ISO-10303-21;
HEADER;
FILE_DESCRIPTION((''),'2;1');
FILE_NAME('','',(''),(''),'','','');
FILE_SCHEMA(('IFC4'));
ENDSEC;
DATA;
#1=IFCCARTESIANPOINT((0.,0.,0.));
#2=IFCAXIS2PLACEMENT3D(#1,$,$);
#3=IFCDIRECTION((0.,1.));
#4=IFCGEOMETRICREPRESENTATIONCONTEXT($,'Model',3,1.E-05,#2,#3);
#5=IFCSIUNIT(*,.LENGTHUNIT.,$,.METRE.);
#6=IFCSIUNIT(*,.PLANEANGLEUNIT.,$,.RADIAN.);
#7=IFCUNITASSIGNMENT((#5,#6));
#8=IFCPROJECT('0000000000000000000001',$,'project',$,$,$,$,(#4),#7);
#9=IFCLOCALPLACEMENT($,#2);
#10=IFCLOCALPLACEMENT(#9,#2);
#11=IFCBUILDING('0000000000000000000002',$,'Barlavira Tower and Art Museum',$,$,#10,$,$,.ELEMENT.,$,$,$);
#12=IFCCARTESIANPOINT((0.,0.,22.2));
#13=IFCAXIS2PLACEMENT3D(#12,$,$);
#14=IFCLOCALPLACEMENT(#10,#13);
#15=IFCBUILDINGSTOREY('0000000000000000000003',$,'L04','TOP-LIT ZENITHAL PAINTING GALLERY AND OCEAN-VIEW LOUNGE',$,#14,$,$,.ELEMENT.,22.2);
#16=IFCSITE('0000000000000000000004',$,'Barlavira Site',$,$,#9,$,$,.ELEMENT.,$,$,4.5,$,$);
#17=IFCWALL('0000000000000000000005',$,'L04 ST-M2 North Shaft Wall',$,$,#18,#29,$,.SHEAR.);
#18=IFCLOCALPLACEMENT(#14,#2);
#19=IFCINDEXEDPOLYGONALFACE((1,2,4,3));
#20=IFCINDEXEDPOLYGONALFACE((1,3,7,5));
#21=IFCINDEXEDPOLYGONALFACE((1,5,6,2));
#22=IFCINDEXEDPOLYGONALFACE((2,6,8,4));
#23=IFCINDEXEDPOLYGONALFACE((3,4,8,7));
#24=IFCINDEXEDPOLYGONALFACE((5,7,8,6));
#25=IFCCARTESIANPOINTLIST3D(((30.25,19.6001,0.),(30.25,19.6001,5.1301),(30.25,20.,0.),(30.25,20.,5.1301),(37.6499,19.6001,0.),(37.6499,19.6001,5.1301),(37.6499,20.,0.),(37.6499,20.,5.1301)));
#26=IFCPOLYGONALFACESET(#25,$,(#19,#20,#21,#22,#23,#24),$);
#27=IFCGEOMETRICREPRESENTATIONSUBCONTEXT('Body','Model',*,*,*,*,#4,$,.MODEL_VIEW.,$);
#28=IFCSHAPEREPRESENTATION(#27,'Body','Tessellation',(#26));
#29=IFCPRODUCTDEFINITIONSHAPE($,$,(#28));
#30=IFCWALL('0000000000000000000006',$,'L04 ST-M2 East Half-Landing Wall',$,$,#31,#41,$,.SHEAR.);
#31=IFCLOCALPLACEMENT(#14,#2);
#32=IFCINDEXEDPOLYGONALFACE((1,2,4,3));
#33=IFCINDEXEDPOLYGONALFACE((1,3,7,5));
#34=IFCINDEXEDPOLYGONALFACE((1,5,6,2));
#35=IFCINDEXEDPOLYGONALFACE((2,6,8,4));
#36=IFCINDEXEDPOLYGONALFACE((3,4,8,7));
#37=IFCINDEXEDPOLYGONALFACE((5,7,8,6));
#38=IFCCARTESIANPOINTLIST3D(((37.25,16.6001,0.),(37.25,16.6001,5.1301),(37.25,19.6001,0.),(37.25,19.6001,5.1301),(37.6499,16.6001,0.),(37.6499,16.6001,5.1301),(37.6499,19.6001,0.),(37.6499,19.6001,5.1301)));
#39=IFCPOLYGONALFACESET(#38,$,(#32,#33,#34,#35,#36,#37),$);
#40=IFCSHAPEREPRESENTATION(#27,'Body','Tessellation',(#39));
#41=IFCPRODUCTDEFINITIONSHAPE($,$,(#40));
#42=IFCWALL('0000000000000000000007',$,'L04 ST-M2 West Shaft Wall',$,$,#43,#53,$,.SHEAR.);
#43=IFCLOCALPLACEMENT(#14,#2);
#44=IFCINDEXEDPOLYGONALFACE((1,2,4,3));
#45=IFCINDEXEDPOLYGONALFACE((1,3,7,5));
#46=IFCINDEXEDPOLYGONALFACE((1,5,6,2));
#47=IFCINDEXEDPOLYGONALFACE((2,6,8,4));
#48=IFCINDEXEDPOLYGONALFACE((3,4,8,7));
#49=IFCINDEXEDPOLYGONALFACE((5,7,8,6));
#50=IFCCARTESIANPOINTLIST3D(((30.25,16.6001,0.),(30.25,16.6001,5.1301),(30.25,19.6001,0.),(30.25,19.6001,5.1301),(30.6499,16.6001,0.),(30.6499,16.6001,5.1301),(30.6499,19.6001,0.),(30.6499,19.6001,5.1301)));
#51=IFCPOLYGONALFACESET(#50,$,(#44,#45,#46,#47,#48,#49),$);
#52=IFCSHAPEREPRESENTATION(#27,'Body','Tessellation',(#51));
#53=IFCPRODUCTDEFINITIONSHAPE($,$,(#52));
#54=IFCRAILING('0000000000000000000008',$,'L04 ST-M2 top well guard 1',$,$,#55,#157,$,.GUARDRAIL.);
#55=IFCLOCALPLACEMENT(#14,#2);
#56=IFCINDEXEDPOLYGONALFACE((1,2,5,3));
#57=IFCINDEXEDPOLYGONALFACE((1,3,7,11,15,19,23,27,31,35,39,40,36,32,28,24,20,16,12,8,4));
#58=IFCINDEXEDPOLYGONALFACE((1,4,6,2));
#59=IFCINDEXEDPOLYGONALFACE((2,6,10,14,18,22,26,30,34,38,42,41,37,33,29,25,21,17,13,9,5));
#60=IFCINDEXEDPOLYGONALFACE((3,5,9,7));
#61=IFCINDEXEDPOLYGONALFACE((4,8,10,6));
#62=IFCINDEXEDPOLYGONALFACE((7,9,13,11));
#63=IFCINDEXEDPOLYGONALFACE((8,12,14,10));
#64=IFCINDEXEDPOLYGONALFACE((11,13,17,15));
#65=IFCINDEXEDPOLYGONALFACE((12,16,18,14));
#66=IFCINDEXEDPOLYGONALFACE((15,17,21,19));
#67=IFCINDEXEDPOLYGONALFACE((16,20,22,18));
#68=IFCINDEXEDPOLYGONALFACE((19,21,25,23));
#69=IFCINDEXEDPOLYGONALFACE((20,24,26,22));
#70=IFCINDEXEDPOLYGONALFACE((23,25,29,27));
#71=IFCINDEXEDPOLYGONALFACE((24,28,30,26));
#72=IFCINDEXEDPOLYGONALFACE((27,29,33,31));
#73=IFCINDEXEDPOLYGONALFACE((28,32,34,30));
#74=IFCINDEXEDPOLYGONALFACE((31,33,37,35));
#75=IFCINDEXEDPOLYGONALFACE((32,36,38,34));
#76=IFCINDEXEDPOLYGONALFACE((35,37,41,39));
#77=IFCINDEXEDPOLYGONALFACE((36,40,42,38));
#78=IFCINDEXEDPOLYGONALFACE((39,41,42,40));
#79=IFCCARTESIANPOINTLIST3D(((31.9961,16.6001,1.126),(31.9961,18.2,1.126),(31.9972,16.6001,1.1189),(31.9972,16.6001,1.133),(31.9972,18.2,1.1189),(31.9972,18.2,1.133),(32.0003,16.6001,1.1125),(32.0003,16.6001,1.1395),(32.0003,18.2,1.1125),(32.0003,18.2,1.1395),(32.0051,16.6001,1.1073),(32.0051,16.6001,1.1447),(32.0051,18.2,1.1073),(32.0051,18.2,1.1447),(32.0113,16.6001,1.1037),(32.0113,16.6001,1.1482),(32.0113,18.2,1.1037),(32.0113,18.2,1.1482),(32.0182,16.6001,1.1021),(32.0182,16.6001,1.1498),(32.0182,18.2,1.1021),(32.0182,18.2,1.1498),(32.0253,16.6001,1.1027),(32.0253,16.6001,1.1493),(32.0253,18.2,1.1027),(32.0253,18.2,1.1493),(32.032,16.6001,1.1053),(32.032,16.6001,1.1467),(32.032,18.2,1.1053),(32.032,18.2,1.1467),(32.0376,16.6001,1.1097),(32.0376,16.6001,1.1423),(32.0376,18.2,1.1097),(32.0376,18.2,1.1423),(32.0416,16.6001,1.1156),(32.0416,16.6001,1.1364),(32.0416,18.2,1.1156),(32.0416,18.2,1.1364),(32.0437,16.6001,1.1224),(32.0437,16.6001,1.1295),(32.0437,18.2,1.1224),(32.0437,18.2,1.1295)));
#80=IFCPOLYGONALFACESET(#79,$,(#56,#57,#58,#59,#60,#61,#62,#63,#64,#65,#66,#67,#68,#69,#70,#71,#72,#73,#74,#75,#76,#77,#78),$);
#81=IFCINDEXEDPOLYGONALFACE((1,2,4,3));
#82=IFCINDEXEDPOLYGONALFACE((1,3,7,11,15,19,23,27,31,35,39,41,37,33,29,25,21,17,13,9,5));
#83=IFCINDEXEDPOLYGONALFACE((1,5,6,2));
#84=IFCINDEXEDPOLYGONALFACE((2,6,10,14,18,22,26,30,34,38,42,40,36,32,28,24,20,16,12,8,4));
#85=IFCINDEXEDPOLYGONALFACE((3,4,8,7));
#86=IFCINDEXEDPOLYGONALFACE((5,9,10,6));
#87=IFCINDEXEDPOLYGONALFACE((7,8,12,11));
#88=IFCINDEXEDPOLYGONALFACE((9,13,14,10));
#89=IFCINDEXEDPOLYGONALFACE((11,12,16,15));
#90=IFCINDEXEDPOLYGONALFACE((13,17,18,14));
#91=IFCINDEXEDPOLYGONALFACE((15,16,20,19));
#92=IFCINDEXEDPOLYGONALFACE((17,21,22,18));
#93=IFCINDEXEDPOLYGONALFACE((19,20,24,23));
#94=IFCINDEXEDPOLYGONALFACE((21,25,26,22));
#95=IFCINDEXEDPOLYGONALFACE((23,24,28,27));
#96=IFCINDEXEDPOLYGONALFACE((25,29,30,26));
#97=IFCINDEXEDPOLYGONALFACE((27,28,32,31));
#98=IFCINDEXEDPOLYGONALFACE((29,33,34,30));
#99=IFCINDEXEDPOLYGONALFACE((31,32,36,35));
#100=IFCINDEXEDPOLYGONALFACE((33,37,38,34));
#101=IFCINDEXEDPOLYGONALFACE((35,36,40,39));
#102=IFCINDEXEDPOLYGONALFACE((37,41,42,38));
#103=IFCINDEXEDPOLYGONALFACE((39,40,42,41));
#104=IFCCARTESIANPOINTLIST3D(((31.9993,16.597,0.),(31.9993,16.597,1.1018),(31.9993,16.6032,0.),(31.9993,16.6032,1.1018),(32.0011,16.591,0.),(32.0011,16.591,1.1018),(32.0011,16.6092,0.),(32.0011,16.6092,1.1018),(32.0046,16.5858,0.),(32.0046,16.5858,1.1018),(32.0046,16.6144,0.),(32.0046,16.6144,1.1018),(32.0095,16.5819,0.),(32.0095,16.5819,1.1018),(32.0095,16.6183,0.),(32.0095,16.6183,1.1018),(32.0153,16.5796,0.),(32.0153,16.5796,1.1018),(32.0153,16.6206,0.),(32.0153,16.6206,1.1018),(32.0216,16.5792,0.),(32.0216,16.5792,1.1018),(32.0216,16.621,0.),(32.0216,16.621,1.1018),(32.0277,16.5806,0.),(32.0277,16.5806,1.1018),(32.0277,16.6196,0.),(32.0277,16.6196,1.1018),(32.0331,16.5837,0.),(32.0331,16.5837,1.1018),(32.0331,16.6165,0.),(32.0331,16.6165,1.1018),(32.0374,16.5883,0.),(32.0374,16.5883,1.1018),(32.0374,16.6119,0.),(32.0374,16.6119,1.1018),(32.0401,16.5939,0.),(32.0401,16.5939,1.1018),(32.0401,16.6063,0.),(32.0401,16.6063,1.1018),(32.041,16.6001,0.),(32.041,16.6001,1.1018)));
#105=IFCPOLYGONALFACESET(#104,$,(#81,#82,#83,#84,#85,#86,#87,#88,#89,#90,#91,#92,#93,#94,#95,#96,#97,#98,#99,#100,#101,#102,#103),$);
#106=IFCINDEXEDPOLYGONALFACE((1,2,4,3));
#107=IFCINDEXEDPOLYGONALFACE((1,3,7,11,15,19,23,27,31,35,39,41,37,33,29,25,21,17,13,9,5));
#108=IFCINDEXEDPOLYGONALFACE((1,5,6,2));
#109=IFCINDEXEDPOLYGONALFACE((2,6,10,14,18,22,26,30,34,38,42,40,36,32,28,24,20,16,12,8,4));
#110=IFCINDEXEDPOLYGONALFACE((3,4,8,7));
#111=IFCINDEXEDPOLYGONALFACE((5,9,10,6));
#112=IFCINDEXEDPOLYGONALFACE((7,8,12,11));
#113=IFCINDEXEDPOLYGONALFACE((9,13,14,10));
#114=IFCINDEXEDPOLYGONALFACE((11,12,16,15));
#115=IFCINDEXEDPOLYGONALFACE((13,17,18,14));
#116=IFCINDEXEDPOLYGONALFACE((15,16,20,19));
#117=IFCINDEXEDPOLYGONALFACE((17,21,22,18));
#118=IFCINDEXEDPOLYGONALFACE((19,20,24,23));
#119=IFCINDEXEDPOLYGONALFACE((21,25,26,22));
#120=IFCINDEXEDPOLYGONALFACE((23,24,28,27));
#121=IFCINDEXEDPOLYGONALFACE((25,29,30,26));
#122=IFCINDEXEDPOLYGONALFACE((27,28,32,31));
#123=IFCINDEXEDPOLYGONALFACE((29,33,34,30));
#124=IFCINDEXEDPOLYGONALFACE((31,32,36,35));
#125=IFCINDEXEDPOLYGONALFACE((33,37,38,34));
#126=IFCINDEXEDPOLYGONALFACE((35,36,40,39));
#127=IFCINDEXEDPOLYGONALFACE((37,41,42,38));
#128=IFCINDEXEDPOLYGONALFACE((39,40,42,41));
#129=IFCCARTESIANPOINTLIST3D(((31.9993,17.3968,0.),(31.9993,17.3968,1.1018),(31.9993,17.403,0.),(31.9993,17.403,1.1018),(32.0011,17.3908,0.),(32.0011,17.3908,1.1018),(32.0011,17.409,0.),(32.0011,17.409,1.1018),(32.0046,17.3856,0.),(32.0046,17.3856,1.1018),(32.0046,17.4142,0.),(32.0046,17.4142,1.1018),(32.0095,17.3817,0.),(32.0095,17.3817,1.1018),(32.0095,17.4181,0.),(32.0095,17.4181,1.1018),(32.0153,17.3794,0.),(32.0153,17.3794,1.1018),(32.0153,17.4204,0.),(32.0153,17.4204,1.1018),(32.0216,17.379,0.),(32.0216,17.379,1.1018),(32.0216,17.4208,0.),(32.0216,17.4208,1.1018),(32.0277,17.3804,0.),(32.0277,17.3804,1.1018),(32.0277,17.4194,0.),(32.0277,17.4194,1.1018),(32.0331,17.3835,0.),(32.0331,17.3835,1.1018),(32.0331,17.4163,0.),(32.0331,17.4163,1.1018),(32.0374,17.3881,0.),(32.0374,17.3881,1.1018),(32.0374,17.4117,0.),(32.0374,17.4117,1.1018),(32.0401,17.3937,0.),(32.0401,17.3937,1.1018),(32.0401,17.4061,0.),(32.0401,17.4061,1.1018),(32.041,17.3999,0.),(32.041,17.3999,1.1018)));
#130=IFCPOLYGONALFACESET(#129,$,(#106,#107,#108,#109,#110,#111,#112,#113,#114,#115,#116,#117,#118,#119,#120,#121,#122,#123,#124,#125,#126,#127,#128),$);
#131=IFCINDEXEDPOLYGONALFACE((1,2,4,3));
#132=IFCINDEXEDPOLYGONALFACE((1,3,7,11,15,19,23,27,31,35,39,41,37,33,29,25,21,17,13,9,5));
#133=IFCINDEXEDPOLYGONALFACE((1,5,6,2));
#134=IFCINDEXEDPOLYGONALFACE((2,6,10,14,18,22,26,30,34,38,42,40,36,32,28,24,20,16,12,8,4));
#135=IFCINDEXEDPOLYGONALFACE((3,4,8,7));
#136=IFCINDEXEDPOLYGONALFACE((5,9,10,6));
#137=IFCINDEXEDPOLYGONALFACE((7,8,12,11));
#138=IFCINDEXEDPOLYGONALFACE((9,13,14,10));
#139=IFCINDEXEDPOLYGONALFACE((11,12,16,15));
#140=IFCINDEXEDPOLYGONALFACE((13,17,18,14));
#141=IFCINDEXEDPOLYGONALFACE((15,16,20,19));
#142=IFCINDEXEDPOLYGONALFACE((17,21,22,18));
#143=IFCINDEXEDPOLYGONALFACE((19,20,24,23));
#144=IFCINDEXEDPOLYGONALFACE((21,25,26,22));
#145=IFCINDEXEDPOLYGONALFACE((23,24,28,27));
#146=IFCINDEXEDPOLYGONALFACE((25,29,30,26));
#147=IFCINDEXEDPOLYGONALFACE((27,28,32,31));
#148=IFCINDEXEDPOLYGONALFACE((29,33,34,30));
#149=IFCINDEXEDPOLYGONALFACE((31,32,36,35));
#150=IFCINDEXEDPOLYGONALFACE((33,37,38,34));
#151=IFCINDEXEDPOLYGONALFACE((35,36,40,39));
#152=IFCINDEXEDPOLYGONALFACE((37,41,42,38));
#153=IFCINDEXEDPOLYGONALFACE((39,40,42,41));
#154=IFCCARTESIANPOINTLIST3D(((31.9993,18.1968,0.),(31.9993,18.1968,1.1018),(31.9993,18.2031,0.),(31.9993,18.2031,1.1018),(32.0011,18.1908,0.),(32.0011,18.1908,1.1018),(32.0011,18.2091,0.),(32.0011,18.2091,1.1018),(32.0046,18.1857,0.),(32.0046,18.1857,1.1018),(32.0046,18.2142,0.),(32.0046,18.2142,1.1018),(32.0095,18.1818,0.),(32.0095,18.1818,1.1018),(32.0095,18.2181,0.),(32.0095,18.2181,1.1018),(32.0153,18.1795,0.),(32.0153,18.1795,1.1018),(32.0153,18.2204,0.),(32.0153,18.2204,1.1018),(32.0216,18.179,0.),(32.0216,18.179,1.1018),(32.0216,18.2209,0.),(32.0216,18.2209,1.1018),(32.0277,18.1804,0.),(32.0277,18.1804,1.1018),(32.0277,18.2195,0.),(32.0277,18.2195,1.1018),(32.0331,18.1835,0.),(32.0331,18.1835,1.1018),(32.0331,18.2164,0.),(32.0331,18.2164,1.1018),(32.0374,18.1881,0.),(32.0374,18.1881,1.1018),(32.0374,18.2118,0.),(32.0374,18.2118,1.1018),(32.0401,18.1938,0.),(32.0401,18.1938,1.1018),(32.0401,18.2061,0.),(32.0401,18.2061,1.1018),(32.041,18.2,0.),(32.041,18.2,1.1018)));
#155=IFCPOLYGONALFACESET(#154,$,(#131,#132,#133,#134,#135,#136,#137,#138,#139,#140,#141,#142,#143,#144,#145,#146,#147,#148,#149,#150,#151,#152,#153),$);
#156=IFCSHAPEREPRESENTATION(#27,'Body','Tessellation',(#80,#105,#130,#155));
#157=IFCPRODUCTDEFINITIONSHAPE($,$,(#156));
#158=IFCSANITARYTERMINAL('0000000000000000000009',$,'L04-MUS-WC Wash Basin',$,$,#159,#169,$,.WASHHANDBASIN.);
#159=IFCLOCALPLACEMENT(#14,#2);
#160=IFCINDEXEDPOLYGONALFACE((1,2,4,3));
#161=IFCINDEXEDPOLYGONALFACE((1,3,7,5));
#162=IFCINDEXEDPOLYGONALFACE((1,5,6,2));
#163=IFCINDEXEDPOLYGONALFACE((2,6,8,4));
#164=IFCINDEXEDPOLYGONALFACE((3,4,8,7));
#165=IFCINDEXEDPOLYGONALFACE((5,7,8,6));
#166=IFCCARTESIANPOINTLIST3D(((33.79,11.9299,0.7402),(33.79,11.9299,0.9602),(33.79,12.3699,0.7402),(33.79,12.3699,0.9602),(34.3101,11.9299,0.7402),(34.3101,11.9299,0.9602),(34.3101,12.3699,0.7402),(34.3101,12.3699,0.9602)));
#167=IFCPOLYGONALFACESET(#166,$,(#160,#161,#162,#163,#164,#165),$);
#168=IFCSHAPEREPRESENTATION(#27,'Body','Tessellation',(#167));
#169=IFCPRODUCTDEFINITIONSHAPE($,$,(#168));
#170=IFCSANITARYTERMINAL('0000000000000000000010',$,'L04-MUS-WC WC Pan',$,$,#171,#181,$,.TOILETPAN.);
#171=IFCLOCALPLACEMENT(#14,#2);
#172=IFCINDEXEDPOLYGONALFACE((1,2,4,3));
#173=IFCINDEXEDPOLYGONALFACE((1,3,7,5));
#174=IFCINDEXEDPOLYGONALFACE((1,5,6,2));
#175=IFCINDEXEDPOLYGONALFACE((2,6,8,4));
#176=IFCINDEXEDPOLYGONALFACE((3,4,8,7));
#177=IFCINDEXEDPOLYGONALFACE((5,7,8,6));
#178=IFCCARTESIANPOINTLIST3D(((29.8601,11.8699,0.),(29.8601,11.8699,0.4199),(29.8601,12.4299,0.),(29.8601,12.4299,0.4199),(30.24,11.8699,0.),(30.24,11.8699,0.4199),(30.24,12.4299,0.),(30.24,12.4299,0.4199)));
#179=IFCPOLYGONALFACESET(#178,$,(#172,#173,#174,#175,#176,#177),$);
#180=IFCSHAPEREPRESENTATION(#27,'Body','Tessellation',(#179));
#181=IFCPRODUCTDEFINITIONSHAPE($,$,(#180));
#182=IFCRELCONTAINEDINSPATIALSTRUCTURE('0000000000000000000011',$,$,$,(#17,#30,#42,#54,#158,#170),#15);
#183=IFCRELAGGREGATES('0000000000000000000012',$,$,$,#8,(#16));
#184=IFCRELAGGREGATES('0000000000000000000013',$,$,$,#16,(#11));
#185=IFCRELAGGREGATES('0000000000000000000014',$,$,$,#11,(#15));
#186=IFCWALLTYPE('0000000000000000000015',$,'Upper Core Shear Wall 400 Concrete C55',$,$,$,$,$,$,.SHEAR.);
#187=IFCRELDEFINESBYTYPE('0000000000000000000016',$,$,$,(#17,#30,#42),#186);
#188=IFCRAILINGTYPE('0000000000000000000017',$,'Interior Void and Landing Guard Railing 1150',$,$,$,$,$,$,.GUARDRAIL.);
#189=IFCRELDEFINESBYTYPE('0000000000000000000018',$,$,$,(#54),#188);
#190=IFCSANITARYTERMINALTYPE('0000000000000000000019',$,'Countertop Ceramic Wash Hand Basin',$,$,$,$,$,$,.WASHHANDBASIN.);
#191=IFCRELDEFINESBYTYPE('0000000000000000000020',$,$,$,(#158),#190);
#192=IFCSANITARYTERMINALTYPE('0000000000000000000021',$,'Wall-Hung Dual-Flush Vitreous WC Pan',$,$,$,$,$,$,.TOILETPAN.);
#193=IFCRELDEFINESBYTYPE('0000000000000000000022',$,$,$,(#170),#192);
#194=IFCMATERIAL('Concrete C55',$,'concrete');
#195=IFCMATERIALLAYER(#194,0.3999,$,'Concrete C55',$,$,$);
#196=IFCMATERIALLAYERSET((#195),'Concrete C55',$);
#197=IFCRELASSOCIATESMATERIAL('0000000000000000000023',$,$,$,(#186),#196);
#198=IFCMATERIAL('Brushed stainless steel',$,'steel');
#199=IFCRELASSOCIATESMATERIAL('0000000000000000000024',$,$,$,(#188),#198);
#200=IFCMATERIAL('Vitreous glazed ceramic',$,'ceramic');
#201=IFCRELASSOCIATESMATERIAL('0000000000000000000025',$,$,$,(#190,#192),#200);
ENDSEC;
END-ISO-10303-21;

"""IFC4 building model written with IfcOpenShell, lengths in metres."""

from ifc_helpers import new_model, si_unit, direction, frame, frame_2d, origin, origin_2d, place, context, subcontext, project, spatial, rectangle, circle, extrude, material, layer, layer_set, type_object, element, save


model = new_model("IFC4")

# Units and contexts
model_context = context("Model", 3, precision=1e-05, world=origin(), true_north=direction((0.0, 1.0)))
body_context = subcontext(model_context, "Body", "Model", "MODEL_VIEW")
ifc_project = project(units=[si_unit("LENGTHUNIT", "METRE"), si_unit("PLANEANGLEUNIT", "RADIAN")], contexts=[model_context])

# Site, building, storey
site_placement = place(None, origin())
site = spatial("IfcSite", under=ifc_project, at=site_placement, Name="Barlavira Site", CompositionType="ELEMENT", RefElevation=4.5)
building_placement = place(site_placement, origin())
building = spatial("IfcBuilding", under=site, at=building_placement, Name="Barlavira Tower and Art Museum", CompositionType="ELEMENT")
storey_placement = place(building_placement, frame((0.0, 0.0, 22.2)))
storey = spatial("IfcBuildingStorey", under=building, at=storey_placement, Name="L04", Description="TOP-LIT ZENITHAL PAINTING GALLERY AND OCEAN-VIEW LOUNGE", CompositionType="ELEMENT", Elevation=22.2)

# Shared definitions
ifc_material_1 = material(Name="Brushed stainless steel", Category="steel")

# Walls
ifc_material_2 = material(Name="Concrete C55", Category="concrete")
ifc_layer_1 = layer(ifc_material_2, 0.3999, Name="Concrete C55")
ifc_layer_set_1 = layer_set([ifc_layer_1], Name="Concrete C55")
wall_type_1 = type_object("IfcWallType", Name="Upper Core Shear Wall 400 Concrete C55", PredefinedType="SHEAR", material=ifc_layer_set_1)
wall_1_placement = place(storey_placement, frame((30.25, 19.8, 0.0), z_axis=(0.0, 0.0, 1.0), x_axis=(1.0, 0.0, 0.0)))
element("IfcWall", 1, at=wall_1_placement, inside=storey, type_object=wall_type_1, Name="L04 ST-M2 North Shaft Wall", PredefinedType="SHEAR", context=body_context, shape_type="SweptSolid", body=[
    extrude(rectangle(XDim=7.3999, YDim=0.3999, at=frame_2d((3.7, 0.0))), origin(), (0.0, 0.0, 1.0), 5.1301),
])
for number, where, z_axis, x_axis, name in (
    (2, (37.45, 16.6001, 0.0), (0.0, 0.0, 1.0), (0.0, 1.0, 0.0), "L04 ST-M2 East Half-Landing Wall"),
    (3, (30.45, 16.6001, 0.0), (0.0, 0.0, 1.0), (0.0, 1.0, 0.0), "L04 ST-M2 West Shaft Wall"),
):
    element("IfcWall", number, at=place(storey_placement, frame(where, z_axis=z_axis, x_axis=x_axis)), inside=storey, type_object=wall_type_1, Name=name, PredefinedType="SHEAR", context=body_context, shape_type="SweptSolid", body=[
        extrude(rectangle(XDim=3.0, YDim=0.3999, at=frame_2d((1.5, 0.0))), origin(), (0.0, 0.0, 1.0), 5.1301),
    ])

# Railing
railing_type = type_object("IfcRailingType", Name="Interior Void and Landing Guard Railing 1150", PredefinedType="GUARDRAIL", material=ifc_material_1)
railing_placement = place(storey_placement, frame((32.02, 16.6001, 0.0)))
element("IfcRailing", 4, at=railing_placement, inside=storey, type_object=railing_type, Name="L04 ST-M2 top well guard 1", PredefinedType="GUARDRAIL", context=body_context, shape_type="SweptSolid", body=[
    extrude(circle(Radius=0.0239, at=origin_2d()), frame((0.0, 0.0, 1.126), z_axis=(0.0, 1.0, 0.0), x_axis=(-1.0, 0.0, 0.0)), (0.0, 0.0, 1.0), 1.5999),
    extrude(circle(Radius=0.021, at=origin_2d()), origin(), (0.0, 0.0, 1.0), 1.1018),
    extrude(circle(Radius=0.021, at=origin_2d()), frame((0.0, 0.7998, 0.0)), (0.0, 0.0, 1.0), 1.1018),
    extrude(circle(Radius=0.021, at=origin_2d()), frame((0.0, 1.5999, 0.0)), (0.0, 0.0, 1.0), 1.1018),
])

# Sanitary terminals
ifc_material_3 = material(Name="Vitreous glazed ceramic", Category="ceramic")
sanitary_terminal_type_1 = type_object("IfcSanitaryTerminalType", Name="Countertop Ceramic Wash Hand Basin", PredefinedType="WASHHANDBASIN", material=ifc_material_3)
sanitary_terminal_1_placement = place(storey_placement, frame((34.05, 12.1499, 0.7402), z_axis=(0.0, 0.0, 1.0), x_axis=(1.0, 0.0, 0.0)))
element("IfcSanitaryTerminal", 5, at=sanitary_terminal_1_placement, inside=storey, type_object=sanitary_terminal_type_1, Name="L04-MUS-WC Wash Basin", PredefinedType="WASHHANDBASIN", context=body_context, shape_type="SweptSolid", body=[
    extrude(rectangle(XDim=0.52, YDim=0.4399, at=origin_2d()), origin(), (0.0, 0.0, 1.0), 0.22),
])
sanitary_terminal_type_2 = type_object("IfcSanitaryTerminalType", Name="Wall-Hung Dual-Flush Vitreous WC Pan", PredefinedType="TOILETPAN", material=ifc_material_3)
sanitary_terminal_2_placement = place(storey_placement, frame((30.05, 12.1499, 0.0), z_axis=(0.0, 0.0, 1.0), x_axis=(1.0, 0.0, 0.0)))
element("IfcSanitaryTerminal", 6, at=sanitary_terminal_2_placement, inside=storey, type_object=sanitary_terminal_type_2, Name="L04-MUS-WC WC Pan", PredefinedType="TOILETPAN", context=body_context, shape_type="SweptSolid", body=[
    extrude(rectangle(XDim=0.3799, YDim=0.5601, at=origin_2d()), origin(), (0.0, 0.0, 1.0), 0.4199),
])

save(model, "model.ifc")
